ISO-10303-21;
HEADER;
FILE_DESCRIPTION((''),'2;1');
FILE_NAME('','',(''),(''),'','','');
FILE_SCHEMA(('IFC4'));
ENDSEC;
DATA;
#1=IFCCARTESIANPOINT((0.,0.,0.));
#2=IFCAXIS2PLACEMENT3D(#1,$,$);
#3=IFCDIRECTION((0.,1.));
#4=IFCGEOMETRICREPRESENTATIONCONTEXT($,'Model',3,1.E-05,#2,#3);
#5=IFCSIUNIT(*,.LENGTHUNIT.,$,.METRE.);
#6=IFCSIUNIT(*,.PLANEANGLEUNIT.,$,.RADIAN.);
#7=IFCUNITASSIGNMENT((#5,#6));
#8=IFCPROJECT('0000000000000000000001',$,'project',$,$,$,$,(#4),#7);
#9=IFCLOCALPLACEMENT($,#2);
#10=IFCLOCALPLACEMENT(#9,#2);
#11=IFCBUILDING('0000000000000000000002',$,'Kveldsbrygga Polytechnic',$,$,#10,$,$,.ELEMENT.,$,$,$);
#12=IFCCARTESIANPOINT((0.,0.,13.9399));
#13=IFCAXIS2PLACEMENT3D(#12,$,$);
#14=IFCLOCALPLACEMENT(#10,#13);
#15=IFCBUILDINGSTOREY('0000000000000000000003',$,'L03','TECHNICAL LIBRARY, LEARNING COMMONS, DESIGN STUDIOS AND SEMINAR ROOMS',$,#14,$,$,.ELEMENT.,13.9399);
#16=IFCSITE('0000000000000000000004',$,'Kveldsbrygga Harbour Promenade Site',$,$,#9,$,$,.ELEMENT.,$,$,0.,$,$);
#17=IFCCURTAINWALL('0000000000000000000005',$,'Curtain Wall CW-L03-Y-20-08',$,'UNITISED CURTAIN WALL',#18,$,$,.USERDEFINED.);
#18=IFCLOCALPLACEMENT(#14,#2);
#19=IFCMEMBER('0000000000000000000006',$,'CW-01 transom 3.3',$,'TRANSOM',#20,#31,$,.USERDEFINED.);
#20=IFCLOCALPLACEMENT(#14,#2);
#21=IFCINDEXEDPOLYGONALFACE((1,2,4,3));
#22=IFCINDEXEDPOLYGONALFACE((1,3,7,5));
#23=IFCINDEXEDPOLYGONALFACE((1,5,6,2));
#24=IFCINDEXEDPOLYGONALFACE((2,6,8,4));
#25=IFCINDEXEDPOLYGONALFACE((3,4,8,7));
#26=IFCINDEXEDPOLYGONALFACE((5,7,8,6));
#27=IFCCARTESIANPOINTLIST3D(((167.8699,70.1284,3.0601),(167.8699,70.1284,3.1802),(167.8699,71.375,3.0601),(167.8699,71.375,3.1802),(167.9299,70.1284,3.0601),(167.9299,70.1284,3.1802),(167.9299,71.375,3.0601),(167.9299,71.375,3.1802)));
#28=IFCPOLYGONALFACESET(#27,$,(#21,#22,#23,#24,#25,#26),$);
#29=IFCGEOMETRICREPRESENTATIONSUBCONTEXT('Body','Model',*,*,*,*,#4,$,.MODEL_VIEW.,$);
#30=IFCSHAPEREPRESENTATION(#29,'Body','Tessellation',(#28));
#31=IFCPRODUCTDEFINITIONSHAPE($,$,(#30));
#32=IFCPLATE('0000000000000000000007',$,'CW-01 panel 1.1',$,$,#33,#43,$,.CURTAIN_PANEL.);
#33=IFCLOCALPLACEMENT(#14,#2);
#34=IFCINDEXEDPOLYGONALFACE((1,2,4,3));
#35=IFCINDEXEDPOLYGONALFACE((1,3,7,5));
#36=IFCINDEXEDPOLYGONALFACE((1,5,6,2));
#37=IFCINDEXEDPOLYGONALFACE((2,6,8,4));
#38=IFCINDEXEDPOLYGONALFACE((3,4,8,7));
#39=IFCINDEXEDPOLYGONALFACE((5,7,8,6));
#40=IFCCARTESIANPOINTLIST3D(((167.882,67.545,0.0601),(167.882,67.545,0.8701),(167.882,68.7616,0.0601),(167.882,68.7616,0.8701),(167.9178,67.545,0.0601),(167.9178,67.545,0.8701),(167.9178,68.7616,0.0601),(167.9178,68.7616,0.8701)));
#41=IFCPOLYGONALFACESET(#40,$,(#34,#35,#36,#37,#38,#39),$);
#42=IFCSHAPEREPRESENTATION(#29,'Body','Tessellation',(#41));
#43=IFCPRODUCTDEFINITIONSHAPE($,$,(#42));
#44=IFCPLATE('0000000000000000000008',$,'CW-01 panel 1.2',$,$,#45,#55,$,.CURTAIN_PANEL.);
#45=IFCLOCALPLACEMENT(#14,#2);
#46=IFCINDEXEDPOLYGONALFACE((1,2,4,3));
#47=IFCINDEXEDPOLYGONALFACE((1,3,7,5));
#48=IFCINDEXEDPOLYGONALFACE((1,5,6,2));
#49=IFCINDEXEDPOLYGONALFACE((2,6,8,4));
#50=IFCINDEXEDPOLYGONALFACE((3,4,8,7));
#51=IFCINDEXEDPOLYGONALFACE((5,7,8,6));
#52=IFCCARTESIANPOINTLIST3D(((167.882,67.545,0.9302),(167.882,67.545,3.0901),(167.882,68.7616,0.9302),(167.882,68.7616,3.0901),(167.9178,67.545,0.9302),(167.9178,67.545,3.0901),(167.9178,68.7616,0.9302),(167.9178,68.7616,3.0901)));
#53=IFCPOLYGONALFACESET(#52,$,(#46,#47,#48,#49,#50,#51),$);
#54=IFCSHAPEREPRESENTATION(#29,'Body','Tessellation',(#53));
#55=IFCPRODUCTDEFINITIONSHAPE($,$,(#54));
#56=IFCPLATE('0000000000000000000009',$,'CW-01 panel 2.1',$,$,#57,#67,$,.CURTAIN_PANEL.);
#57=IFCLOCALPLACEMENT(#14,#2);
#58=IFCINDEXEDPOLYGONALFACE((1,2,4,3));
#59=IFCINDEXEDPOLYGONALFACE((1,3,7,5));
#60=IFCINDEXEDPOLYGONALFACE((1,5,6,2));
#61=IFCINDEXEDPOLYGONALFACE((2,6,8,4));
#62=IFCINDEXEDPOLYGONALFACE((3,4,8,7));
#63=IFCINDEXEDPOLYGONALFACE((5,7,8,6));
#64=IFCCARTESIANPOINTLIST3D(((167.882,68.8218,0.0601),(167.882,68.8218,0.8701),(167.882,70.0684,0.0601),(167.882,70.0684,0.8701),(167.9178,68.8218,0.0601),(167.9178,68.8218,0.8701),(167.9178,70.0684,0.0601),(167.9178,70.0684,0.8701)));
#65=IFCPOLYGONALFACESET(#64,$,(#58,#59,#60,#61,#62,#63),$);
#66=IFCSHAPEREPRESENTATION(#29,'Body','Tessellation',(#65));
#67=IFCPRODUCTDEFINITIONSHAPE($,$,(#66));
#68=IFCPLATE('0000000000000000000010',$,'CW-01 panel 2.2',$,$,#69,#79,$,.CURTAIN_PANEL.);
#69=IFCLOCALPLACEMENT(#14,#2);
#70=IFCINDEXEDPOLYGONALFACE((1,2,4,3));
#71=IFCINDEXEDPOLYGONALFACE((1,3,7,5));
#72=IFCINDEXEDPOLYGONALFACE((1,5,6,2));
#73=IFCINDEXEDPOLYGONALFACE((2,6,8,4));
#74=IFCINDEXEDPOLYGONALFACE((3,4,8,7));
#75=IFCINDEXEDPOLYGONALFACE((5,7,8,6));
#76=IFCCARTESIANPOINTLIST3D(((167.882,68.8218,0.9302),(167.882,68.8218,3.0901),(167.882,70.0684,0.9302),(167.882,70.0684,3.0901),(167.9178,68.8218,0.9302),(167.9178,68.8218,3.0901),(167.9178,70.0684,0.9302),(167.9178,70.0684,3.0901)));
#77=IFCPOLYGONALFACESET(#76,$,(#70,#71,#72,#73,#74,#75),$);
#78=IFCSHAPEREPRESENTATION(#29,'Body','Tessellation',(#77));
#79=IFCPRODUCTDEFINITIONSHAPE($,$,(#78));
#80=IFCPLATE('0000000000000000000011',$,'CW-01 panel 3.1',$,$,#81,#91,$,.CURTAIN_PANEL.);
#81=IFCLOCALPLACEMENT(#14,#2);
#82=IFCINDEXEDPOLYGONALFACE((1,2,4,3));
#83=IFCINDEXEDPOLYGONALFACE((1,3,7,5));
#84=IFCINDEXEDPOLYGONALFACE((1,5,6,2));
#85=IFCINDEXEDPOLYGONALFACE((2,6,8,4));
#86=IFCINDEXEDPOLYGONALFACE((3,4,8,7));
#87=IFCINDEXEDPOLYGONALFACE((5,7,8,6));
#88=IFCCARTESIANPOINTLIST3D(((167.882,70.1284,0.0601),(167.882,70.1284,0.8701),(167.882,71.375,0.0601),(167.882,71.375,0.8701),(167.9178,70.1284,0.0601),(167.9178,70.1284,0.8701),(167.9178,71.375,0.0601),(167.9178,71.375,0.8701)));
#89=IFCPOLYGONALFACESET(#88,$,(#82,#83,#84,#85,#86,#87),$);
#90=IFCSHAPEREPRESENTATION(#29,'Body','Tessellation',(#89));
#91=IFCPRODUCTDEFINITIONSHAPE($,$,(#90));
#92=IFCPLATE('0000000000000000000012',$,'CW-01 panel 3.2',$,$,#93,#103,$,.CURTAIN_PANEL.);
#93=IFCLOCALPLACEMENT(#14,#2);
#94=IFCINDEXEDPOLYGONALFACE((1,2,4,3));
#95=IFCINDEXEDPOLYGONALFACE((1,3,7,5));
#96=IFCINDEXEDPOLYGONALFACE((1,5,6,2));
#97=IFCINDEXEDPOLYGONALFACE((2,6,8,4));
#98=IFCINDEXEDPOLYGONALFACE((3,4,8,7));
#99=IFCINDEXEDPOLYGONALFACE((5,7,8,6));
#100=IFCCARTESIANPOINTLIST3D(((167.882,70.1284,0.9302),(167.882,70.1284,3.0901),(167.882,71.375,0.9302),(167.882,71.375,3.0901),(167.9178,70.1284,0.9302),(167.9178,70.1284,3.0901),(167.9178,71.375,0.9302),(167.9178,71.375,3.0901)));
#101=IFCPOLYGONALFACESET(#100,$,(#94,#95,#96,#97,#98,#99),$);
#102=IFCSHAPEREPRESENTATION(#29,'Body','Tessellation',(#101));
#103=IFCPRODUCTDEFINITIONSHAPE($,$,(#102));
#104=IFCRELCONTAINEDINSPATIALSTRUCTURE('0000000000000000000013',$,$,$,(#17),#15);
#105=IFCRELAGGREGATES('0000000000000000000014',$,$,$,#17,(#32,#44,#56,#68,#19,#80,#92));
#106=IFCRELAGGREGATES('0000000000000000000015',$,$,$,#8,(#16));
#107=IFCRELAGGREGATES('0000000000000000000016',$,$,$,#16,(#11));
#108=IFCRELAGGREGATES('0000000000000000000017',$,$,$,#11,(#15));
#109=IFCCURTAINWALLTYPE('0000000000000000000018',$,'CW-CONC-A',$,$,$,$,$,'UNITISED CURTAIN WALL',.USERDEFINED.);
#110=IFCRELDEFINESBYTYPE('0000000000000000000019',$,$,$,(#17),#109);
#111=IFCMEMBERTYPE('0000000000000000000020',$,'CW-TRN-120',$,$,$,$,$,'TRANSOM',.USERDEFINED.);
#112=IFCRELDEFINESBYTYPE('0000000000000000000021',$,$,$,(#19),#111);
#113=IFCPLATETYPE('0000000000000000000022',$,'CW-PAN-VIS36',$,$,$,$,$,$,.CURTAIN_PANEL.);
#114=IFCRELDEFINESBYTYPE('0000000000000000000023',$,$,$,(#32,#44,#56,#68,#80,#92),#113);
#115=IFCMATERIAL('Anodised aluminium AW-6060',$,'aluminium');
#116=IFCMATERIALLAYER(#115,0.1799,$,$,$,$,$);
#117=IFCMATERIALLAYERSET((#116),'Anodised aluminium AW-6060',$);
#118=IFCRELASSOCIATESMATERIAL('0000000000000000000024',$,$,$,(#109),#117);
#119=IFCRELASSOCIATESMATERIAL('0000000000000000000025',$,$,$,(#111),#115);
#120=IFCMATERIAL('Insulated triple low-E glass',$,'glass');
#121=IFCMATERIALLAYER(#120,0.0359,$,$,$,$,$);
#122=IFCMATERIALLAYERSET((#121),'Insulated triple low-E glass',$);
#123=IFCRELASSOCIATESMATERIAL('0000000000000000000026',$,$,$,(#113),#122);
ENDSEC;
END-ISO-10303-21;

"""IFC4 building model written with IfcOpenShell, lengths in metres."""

from ifc_helpers import new_model, si_unit, direction, frame, origin, origin_2d, place, context, subcontext, project, spatial, rectangle, extrude, material, layer, layer_set, material_profile, profile_set, type_object, element, aggregate, save


model = new_model("IFC4")

# Units and contexts
model_context = context("Model", 3, precision=1e-05, world=origin(), true_north=direction((0.0, 1.0)))
body_context = subcontext(model_context, "Body", "Model", "MODEL_VIEW")
ifc_project = project(units=[si_unit("LENGTHUNIT", "METRE"), si_unit("PLANEANGLEUNIT", "RADIAN")], contexts=[model_context])

# Site, building, storey
site_placement = place(None, origin())
site = spatial("IfcSite", under=ifc_project, at=site_placement, Name="Kveldsbrygga Harbour Promenade Site", CompositionType="ELEMENT", RefElevation=0.0)
building_placement = place(site_placement, origin())
building = spatial("IfcBuilding", under=site, at=building_placement, Name="Kveldsbrygga Polytechnic", CompositionType="ELEMENT")
storey_placement = place(building_placement, frame((0.0, 0.0, 13.9399)))
storey = spatial("IfcBuildingStorey", under=building, at=storey_placement, Name="L03", Description="TECHNICAL LIBRARY, LEARNING COMMONS, DESIGN STUDIOS AND SEMINAR ROOMS", CompositionType="ELEMENT", Elevation=13.9399)

# Curtain wall, member, plates
ifc_material_1 = material(Name="Anodised aluminium AW-6060", Category="aluminium")
ifc_layer_1 = layer(ifc_material_1, 0.1799)
ifc_layer_set_1 = layer_set([ifc_layer_1], Name="Anodised aluminium AW-6060")
curtain_wall_type = type_object("IfcCurtainWallType", Name="CW-CONC-A", ElementType="UNITISED CURTAIN WALL", PredefinedType="USERDEFINED", material=ifc_layer_set_1)
curtain_wall_placement = place(storey_placement, origin())
curtain_wall = element("IfcCurtainWall", 1, at=curtain_wall_placement, inside=storey, type_object=curtain_wall_type, Name="Curtain Wall CW-L03-Y-20-08", ObjectType="UNITISED CURTAIN WALL", PredefinedType="USERDEFINED")
ifc_material_profile_1 = material_profile(ifc_material_1, rectangle(XDim=0.0601, YDim=0.1201, at=origin_2d()), Name="ALU 60x120")
ifc_profile_set_1 = profile_set([ifc_material_profile_1], Name="Anodised aluminium AW-6060")
member_type_1 = type_object("IfcMemberType", Name="CW-TRN-120", ElementType="TRANSOM", PredefinedType="USERDEFINED", material=ifc_profile_set_1)
member_1_placement = place(storey_placement, frame((167.8999, 70.1284, 3.1201), z_axis=(0.0, 1.0, 0.0), x_axis=(-1.0, 0.0, 0.0)))
member_1 = element("IfcMember", 2, at=member_1_placement, type_object=member_type_1, Name="CW-01 transom 3.3", ObjectType="TRANSOM", PredefinedType="USERDEFINED", context=body_context, shape_type="SweptSolid", body=[
    extrude(rectangle(XDim=0.0601, YDim=0.1201, at=origin_2d()), origin(), (0.0, 0.0, 1.0), 1.2466),
])
ifc_material_2 = material(Name="Insulated triple low-E glass", Category="glass")
ifc_layer_2 = layer(ifc_material_2, 0.0359)
ifc_layer_set_2 = layer_set([ifc_layer_2], Name="Insulated triple low-E glass")
plate_type = type_object("IfcPlateType", Name="CW-PAN-VIS36", PredefinedType="CURTAIN_PANEL", material=ifc_layer_set_2)
plate_1_placement = place(storey_placement, frame((167.8999, 68.1533, 0.0601), z_axis=(0.0, 0.0, 1.0), x_axis=(0.0, 1.0, 0.0)))
plate_1 = element("IfcPlate", 3, at=plate_1_placement, type_object=plate_type, Name="CW-01 panel 1.1", PredefinedType="CURTAIN_PANEL", context=body_context, shape_type="SweptSolid", body=[
    extrude(rectangle(XDim=1.2166, YDim=0.0359, at=origin_2d()), origin(), (0.0, 0.0, 1.0), 0.8101),
])
plate_2_placement = place(storey_placement, frame((167.8999, 68.1533, 0.9302), z_axis=(0.0, 0.0, 1.0), x_axis=(0.0, 1.0, 0.0)))
plate_2 = element("IfcPlate", 4, at=plate_2_placement, type_object=plate_type, Name="CW-01 panel 1.2", PredefinedType="CURTAIN_PANEL", context=body_context, shape_type="SweptSolid", body=[
    extrude(rectangle(XDim=1.2166, YDim=0.0359, at=origin_2d()), origin(), (0.0, 0.0, 1.0), 2.1599),
])
plate_3_placement = place(storey_placement, frame((167.8999, 69.4451, 0.0601), z_axis=(0.0, 0.0, 1.0), x_axis=(0.0, 1.0, 0.0)))
plate_3 = element("IfcPlate", 5, at=plate_3_placement, type_object=plate_type, Name="CW-01 panel 2.1", PredefinedType="CURTAIN_PANEL", context=body_context, shape_type="SweptSolid", body=[
    extrude(rectangle(XDim=1.2466, YDim=0.0359, at=origin_2d()), origin(), (0.0, 0.0, 1.0), 0.8101),
])
plate_4_placement = place(storey_placement, frame((167.8999, 69.4451, 0.9302), z_axis=(0.0, 0.0, 1.0), x_axis=(0.0, 1.0, 0.0)))
plate_4 = element("IfcPlate", 6, at=plate_4_placement, type_object=plate_type, Name="CW-01 panel 2.2", PredefinedType="CURTAIN_PANEL", context=body_context, shape_type="SweptSolid", body=[
    extrude(rectangle(XDim=1.2466, YDim=0.0359, at=origin_2d()), origin(), (0.0, 0.0, 1.0), 2.1599),
])
plate_5_placement = place(storey_placement, frame((167.8999, 70.7517, 0.0601), z_axis=(0.0, 0.0, 1.0), x_axis=(0.0, 1.0, 0.0)))
plate_5 = element("IfcPlate", 7, at=plate_5_placement, type_object=plate_type, Name="CW-01 panel 3.1", PredefinedType="CURTAIN_PANEL", context=body_context, shape_type="SweptSolid", body=[
    extrude(rectangle(XDim=1.2466, YDim=0.0359, at=origin_2d()), origin(), (0.0, 0.0, 1.0), 0.8101),
])
plate_6_placement = place(storey_placement, frame((167.8999, 70.7517, 0.9302), z_axis=(0.0, 0.0, 1.0), x_axis=(0.0, 1.0, 0.0)))
plate_6 = element("IfcPlate", 8, at=plate_6_placement, type_object=plate_type, Name="CW-01 panel 3.2", PredefinedType="CURTAIN_PANEL", context=body_context, shape_type="SweptSolid", body=[
    extrude(rectangle(XDim=1.2466, YDim=0.0359, at=origin_2d()), origin(), (0.0, 0.0, 1.0), 2.1599),
])
aggregate(curtain_wall, [plate_1, plate_2, plate_3, plate_4, member_1, plate_5, plate_6])

save(model, "model.ifc")
